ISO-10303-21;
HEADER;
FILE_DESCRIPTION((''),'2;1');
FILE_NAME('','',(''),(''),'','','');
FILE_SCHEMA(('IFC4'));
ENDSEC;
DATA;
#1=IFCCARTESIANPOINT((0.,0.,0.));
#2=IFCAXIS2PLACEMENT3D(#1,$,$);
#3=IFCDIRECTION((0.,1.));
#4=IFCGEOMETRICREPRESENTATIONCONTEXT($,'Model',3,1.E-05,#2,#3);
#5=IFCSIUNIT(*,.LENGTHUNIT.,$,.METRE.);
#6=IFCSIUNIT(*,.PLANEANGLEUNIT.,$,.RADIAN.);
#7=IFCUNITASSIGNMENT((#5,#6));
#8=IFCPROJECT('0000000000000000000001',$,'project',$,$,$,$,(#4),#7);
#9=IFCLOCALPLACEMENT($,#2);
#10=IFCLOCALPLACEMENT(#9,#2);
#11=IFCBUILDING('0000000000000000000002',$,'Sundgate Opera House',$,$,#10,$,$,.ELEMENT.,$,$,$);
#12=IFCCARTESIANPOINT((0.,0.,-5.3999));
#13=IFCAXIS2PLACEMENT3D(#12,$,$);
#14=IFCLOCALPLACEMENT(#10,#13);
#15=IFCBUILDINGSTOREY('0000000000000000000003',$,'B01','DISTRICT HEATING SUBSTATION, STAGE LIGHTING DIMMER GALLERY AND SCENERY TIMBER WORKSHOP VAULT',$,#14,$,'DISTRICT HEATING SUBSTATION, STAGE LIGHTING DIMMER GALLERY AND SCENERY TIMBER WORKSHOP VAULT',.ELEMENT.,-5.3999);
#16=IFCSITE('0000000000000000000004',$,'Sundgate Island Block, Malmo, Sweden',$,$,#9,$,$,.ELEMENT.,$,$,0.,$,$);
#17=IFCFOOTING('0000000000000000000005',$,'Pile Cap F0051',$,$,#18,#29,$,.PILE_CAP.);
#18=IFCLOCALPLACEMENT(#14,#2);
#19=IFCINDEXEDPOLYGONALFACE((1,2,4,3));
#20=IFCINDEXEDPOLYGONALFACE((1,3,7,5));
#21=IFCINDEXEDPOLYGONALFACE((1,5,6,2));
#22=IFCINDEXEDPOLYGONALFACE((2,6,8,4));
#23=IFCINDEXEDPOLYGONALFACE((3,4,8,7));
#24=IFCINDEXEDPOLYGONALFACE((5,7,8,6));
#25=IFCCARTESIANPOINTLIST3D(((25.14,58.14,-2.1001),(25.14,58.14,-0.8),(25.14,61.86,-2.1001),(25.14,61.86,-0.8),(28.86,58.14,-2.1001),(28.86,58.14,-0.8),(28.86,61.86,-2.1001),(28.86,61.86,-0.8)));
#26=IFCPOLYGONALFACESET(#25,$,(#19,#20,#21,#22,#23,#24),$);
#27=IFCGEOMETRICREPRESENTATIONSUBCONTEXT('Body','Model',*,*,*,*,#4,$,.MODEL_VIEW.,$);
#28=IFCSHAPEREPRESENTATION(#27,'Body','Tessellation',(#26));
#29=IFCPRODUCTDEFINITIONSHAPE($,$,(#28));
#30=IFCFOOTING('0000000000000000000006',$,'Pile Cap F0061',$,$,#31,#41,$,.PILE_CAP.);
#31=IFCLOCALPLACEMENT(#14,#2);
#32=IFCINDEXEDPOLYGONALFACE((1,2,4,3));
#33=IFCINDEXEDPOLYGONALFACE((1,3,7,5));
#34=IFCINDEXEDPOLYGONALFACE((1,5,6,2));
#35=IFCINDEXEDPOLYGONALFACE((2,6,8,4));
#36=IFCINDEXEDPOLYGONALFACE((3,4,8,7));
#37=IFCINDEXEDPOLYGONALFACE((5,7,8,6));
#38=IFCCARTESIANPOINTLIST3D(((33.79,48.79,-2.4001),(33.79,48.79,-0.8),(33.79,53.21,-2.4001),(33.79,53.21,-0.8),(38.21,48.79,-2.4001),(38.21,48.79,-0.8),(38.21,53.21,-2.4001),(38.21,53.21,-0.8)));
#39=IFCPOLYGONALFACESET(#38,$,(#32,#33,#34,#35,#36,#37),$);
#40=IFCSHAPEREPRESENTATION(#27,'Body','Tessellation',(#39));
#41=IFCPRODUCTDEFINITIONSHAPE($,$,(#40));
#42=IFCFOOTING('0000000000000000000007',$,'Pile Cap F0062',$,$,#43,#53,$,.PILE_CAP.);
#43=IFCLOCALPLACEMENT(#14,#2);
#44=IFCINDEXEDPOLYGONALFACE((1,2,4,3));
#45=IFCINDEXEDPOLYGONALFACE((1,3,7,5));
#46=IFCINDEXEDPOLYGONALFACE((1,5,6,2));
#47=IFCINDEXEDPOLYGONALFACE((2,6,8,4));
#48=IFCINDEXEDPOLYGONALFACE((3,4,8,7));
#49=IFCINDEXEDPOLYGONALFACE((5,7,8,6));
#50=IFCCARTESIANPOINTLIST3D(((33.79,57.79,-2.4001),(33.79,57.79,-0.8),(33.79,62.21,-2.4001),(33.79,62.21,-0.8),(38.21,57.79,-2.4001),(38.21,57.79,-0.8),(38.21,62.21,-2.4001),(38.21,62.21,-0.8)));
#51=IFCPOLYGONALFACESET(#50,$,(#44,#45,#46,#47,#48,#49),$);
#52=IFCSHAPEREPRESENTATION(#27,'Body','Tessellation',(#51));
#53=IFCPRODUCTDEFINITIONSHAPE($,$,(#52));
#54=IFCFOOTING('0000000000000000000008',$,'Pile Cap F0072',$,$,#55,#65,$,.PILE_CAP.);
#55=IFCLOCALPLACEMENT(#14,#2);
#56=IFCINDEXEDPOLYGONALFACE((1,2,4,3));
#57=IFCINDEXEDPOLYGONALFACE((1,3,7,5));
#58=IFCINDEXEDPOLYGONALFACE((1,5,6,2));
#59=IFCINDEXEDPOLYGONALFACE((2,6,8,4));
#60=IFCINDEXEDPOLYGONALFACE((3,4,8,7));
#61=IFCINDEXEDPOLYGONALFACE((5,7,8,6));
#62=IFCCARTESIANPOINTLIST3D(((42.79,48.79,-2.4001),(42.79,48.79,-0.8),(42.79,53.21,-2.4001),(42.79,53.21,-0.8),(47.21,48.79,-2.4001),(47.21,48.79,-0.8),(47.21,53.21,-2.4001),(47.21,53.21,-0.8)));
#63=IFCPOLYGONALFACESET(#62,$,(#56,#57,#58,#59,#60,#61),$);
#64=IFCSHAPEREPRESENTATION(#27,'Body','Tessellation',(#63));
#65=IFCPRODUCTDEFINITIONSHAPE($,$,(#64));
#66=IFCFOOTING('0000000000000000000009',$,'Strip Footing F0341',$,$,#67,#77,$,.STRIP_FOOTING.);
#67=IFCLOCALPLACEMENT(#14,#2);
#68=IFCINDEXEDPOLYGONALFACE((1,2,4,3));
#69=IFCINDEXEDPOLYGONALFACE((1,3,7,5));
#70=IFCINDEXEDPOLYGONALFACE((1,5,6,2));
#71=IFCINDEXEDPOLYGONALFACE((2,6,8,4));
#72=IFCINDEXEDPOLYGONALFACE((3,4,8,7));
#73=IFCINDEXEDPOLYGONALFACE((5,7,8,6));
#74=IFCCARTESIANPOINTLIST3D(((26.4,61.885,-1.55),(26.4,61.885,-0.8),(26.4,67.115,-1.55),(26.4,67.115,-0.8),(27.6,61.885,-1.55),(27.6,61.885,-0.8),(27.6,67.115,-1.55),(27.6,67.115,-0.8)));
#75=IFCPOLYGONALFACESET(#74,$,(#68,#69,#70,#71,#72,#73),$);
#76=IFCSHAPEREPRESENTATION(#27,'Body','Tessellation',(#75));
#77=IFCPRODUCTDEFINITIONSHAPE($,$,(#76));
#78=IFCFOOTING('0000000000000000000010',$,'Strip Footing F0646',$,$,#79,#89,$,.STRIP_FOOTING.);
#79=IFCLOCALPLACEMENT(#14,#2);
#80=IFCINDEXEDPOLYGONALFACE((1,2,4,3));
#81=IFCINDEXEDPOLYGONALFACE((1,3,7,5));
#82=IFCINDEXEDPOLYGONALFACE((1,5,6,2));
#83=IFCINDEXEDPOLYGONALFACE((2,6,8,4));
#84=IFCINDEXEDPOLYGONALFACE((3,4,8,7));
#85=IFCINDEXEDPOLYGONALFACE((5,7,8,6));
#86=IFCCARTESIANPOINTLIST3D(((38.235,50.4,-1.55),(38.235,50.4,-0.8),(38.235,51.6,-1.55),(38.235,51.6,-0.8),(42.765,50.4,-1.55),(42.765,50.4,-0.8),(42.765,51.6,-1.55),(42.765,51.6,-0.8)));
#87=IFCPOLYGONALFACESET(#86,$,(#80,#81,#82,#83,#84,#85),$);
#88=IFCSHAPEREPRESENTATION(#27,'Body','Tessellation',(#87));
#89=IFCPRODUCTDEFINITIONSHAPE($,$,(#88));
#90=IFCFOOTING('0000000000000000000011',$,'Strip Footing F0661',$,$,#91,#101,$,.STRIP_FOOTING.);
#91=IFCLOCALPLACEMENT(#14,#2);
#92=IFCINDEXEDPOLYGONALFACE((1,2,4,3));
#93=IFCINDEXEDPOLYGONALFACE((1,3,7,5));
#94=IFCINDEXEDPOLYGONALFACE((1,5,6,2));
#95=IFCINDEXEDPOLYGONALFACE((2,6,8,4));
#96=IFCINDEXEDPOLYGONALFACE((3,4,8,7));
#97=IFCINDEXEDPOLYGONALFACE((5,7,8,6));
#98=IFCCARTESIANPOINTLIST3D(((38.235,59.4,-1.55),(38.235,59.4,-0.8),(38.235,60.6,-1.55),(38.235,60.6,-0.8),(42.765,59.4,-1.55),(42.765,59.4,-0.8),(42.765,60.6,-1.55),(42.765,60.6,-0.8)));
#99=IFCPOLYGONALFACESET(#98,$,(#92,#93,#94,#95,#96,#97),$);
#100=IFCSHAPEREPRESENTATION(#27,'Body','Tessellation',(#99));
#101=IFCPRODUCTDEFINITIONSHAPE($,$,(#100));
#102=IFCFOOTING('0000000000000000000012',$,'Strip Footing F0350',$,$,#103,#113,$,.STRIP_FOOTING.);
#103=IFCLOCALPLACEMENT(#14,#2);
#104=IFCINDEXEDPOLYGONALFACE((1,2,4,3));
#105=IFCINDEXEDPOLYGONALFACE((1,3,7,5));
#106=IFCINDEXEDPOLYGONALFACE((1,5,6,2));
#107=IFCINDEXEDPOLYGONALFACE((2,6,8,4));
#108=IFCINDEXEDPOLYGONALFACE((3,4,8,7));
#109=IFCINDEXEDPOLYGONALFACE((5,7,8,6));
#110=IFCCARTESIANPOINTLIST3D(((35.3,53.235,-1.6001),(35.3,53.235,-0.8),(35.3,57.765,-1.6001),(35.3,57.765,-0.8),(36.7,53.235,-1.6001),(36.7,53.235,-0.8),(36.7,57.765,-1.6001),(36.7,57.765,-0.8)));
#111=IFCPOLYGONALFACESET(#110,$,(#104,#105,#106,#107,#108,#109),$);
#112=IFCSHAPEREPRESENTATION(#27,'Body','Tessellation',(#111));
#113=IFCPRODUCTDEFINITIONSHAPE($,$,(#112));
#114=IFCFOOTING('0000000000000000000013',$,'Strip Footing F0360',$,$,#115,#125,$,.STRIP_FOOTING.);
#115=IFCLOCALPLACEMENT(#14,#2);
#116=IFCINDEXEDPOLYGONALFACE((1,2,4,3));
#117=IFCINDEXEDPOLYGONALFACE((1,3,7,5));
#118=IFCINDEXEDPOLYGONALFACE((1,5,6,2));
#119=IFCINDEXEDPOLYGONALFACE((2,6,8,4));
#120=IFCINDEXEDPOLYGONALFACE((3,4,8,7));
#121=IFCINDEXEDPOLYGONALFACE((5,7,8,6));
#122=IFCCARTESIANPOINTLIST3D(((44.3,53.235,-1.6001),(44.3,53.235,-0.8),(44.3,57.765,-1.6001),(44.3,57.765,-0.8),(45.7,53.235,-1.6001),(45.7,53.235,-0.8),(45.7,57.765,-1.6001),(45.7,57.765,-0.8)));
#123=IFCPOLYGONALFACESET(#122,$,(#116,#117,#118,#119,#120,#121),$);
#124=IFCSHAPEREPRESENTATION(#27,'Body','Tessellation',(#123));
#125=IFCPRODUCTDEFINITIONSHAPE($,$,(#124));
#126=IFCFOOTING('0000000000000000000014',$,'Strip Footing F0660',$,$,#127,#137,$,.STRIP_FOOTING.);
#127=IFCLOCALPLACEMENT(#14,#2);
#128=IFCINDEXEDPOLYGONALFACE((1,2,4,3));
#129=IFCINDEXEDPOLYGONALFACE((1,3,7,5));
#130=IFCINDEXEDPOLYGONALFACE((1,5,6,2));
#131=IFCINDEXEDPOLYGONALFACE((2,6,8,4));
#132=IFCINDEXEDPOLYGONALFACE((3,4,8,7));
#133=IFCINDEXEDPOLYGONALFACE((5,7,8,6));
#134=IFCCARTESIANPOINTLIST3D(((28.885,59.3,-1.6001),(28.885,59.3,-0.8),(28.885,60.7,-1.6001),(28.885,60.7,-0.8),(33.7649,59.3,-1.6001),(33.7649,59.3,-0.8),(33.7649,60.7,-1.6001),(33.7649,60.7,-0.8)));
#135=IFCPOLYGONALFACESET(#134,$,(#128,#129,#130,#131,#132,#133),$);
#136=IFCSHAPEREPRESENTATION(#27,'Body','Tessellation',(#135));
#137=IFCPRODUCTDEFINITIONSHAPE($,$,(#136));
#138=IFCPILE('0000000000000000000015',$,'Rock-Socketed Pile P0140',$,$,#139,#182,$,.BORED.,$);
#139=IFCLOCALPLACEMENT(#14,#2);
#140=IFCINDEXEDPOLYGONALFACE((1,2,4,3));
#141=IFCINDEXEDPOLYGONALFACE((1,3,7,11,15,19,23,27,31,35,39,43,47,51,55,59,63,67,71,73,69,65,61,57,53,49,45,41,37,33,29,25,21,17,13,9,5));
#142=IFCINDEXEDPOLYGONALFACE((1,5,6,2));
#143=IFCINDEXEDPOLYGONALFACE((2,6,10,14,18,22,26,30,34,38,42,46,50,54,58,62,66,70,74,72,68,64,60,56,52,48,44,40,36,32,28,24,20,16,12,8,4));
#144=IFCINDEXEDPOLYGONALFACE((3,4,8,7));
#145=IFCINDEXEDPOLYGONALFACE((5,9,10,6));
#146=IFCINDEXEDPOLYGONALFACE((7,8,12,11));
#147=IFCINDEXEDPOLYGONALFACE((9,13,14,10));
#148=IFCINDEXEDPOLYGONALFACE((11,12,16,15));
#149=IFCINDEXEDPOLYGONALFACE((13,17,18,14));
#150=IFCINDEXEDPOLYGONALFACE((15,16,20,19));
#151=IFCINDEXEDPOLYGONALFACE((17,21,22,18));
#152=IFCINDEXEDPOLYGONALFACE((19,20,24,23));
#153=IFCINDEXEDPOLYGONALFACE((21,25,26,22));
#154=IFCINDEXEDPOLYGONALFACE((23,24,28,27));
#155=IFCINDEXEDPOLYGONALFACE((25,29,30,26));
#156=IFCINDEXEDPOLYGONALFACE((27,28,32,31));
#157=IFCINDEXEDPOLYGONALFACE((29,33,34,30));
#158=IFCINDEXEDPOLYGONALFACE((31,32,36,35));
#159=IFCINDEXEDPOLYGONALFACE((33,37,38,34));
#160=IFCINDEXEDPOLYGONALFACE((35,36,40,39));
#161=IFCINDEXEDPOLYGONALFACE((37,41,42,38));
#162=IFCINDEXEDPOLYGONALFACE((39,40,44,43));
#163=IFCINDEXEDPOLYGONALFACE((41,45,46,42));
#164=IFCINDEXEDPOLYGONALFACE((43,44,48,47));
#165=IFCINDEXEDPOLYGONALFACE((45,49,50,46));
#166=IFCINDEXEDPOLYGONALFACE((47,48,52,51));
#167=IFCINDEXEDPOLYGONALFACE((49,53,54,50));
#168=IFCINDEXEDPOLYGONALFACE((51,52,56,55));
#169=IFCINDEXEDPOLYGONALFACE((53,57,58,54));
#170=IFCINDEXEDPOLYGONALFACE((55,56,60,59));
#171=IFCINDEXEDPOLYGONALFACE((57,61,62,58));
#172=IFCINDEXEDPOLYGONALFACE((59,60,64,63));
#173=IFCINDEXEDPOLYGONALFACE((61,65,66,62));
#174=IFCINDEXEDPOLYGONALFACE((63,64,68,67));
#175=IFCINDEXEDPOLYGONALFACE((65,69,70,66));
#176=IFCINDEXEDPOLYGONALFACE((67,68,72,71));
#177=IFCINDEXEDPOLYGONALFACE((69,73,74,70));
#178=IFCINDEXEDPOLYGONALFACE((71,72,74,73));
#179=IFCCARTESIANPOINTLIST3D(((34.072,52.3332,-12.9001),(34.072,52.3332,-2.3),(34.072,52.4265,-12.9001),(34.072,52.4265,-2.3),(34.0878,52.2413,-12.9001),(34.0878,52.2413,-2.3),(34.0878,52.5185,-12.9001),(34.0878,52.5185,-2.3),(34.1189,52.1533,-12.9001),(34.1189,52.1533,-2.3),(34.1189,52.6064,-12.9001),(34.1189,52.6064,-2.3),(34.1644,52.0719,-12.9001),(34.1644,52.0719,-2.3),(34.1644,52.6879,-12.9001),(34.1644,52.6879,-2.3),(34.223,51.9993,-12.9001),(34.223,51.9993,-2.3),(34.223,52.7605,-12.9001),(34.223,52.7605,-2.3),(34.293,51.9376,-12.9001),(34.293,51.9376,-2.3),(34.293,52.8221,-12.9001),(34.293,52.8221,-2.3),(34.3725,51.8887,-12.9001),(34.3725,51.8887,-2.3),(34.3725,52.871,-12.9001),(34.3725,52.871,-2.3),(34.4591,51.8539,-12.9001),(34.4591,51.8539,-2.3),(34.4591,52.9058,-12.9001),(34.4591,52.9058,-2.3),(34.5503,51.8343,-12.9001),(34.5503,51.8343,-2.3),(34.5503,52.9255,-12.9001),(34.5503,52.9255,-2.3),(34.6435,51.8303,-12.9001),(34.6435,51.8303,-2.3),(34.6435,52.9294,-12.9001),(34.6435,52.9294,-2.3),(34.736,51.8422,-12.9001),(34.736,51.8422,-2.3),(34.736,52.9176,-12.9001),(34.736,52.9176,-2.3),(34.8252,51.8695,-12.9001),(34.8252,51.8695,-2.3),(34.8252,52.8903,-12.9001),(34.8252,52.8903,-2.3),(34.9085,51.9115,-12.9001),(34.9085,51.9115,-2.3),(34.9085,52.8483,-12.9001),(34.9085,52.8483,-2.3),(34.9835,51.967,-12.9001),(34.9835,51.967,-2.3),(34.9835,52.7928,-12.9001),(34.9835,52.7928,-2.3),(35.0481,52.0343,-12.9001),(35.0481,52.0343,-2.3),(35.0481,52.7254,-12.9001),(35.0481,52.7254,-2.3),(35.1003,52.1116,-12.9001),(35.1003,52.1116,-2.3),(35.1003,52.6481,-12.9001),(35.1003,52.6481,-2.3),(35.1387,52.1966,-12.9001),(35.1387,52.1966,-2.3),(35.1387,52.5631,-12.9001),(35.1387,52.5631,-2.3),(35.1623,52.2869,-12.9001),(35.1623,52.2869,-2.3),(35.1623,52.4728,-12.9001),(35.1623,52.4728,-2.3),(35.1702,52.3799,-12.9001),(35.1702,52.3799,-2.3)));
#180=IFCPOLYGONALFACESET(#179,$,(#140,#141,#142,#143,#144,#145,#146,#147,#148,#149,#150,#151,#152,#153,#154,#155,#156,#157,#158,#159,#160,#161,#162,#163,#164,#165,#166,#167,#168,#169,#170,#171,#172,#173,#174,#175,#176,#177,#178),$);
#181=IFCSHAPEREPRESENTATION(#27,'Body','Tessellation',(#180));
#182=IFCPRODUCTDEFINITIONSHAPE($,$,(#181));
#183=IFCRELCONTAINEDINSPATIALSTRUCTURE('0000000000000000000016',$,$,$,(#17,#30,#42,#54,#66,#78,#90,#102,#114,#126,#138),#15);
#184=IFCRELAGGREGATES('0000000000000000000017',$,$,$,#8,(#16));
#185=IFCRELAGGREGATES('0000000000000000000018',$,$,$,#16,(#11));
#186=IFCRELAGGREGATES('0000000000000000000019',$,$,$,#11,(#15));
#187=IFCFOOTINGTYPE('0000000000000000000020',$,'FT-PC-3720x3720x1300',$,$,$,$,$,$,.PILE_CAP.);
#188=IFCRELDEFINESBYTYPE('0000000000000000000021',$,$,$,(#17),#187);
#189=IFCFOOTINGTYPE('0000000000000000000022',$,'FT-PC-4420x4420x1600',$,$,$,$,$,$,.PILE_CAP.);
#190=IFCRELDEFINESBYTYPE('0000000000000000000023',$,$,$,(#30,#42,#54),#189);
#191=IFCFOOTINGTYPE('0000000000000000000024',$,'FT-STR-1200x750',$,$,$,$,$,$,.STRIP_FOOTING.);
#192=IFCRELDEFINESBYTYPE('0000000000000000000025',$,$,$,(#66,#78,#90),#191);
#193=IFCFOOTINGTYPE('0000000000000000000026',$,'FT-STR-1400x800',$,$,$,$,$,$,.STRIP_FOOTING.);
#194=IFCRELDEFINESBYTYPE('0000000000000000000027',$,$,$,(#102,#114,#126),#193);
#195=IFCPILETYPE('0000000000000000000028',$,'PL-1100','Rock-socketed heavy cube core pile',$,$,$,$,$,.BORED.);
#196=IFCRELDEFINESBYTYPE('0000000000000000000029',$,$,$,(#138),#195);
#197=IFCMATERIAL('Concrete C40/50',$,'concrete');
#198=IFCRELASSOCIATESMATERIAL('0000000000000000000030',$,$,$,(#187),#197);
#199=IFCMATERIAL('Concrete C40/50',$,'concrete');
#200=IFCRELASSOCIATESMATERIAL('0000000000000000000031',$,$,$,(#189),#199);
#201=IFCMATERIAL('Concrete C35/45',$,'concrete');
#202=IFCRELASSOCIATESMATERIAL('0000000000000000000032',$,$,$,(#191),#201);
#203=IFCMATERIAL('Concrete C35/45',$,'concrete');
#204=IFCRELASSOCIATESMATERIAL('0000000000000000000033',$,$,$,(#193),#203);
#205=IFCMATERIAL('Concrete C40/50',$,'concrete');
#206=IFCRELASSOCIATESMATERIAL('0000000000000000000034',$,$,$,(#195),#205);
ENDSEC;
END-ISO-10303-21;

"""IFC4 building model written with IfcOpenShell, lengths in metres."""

from ifc_helpers import new_model, si_unit, direction, frame, origin, origin_2d, place, context, subcontext, project, spatial, rectangle, circle, extrude, material, material_profile, profile_set, type_object, element, save


model = new_model("IFC4")

# Units and contexts
model_context = context("Model", 3, precision=1e-05, world=origin(), true_north=direction((0.0, 1.0)))
body_context = subcontext(model_context, "Body", "Model", "MODEL_VIEW")
ifc_project = project(units=[si_unit("LENGTHUNIT", "METRE"), si_unit("PLANEANGLEUNIT", "RADIAN")], contexts=[model_context])

# Site, building, storey
site_placement = place(None, origin())
site = spatial("IfcSite", under=ifc_project, at=site_placement, Name="Sundgate Island Block, Malmo, Sweden", CompositionType="ELEMENT", RefElevation=0.0)
building_placement = place(site_placement, origin())
building = spatial("IfcBuilding", under=site, at=building_placement, Name="Sundgate Opera House", CompositionType="ELEMENT")
storey_placement = place(building_placement, frame((0.0, 0.0, -5.3999)))
storey = spatial("IfcBuildingStorey", under=building, at=storey_placement, Name="B01", Description="DISTRICT HEATING SUBSTATION, STAGE LIGHTING DIMMER GALLERY AND SCENERY TIMBER WORKSHOP VAULT", LongName="DISTRICT HEATING SUBSTATION, STAGE LIGHTING DIMMER GALLERY AND SCENERY TIMBER WORKSHOP VAULT", CompositionType="ELEMENT", Elevation=-5.3999)

# Footings
ifc_material_1 = material(Name="Concrete C40/50", Category="concrete")
footing_type_1 = type_object("IfcFootingType", Name="FT-PC-3720x3720x1300", PredefinedType="PILE_CAP", material=ifc_material_1)
footing_1_placement = place(storey_placement, frame((27.0, 60.0, -2.1001), z_axis=(0.0, 0.0, 1.0), x_axis=(1.0, 0.0, 0.0)))
element("IfcFooting", 1, at=footing_1_placement, inside=storey, type_object=footing_type_1, Name="Pile Cap F0051", PredefinedType="PILE_CAP", context=body_context, shape_type="SweptSolid", body=[
    extrude(rectangle(XDim=3.72, YDim=3.72, at=origin_2d()), origin(), (0.0, 0.0, 1.0), 1.3),
])
ifc_material_2 = material(Name="Concrete C40/50", Category="concrete")
footing_type_2 = type_object("IfcFootingType", Name="FT-PC-4420x4420x1600", PredefinedType="PILE_CAP", material=ifc_material_2)
for number, where, z_axis, x_axis, name in (
    (2, (36.0, 51.0, -2.4001), (0.0, 0.0, 1.0), (1.0, 0.0, 0.0), "Pile Cap F0061"),
    (3, (36.0, 60.0, -2.4001), (0.0, 0.0, 1.0), (1.0, 0.0, 0.0), "Pile Cap F0062"),
    (4, (45.0, 51.0, -2.4001), (0.0, 0.0, 1.0), (1.0, 0.0, 0.0), "Pile Cap F0072"),
):
    element("IfcFooting", number, at=place(storey_placement, frame(where, z_axis=z_axis, x_axis=x_axis)), inside=storey, type_object=footing_type_2, Name=name, PredefinedType="PILE_CAP", context=body_context, shape_type="SweptSolid", body=[
        extrude(rectangle(XDim=4.4199, YDim=4.4199, at=origin_2d()), origin(), (0.0, 0.0, 1.0), 1.6001),
    ])
ifc_material_3 = material(Name="Concrete C35/45", Category="concrete")
footing_type_3 = type_object("IfcFootingType", Name="FT-STR-1200x750", PredefinedType="STRIP_FOOTING", material=ifc_material_3)
footing_2_placement = place(storey_placement, frame((27.0, 64.5, -1.55), z_axis=(0.0, 0.0, 1.0), x_axis=(1.0, 0.0, 0.0)))
element("IfcFooting", 5, at=footing_2_placement, inside=storey, type_object=footing_type_3, Name="Strip Footing F0341", PredefinedType="STRIP_FOOTING", context=body_context, shape_type="SweptSolid", body=[
    extrude(rectangle(XDim=1.2, YDim=5.23, at=origin_2d()), origin(), (0.0, 0.0, 1.0), 0.75),
])
for number, where, z_axis, x_axis, name in (
    (6, (40.5, 51.0, -1.55), (0.0, 0.0, 1.0), (1.0, 0.0, 0.0), "Strip Footing F0646"),
    (7, (40.5, 60.0, -1.55), (0.0, 0.0, 1.0), (1.0, 0.0, 0.0), "Strip Footing F0661"),
):
    element("IfcFooting", number, at=place(storey_placement, frame(where, z_axis=z_axis, x_axis=x_axis)), inside=storey, type_object=footing_type_3, Name=name, PredefinedType="STRIP_FOOTING", context=body_context, shape_type="SweptSolid", body=[
        extrude(rectangle(XDim=4.53, YDim=1.2, at=origin_2d()), origin(), (0.0, 0.0, 1.0), 0.75),
    ])
ifc_material_4 = material(Name="Concrete C35/45", Category="concrete")
footing_type_4 = type_object("IfcFootingType", Name="FT-STR-1400x800", PredefinedType="STRIP_FOOTING", material=ifc_material_4)
for number, where, z_axis, x_axis, name in (
    (8, (36.0, 55.5, -1.6001), (0.0, 0.0, 1.0), (1.0, 0.0, 0.0), "Strip Footing F0350"),
    (9, (45.0, 55.5, -1.6001), (0.0, 0.0, 1.0), (1.0, 0.0, 0.0), "Strip Footing F0360"),
):
    element("IfcFooting", number, at=place(storey_placement, frame(where, z_axis=z_axis, x_axis=x_axis)), inside=storey, type_object=footing_type_4, Name=name, PredefinedType="STRIP_FOOTING", context=body_context, shape_type="SweptSolid", body=[
        extrude(rectangle(XDim=1.3999, YDim=4.53, at=origin_2d()), origin(), (0.0, 0.0, 1.0), 0.8),
    ])
footing_3_placement = place(storey_placement, frame((31.325, 60.0, -1.6001), z_axis=(0.0, 0.0, 1.0), x_axis=(1.0, 0.0, 0.0)))
element("IfcFooting", 10, at=footing_3_placement, inside=storey, type_object=footing_type_4, Name="Strip Footing F0660", PredefinedType="STRIP_FOOTING", context=body_context, shape_type="SweptSolid", body=[
    extrude(rectangle(XDim=4.8799, YDim=1.3999, at=origin_2d()), origin(), (0.0, 0.0, 1.0), 0.8),
])

# Pile
ifc_material_5 = material(Name="Concrete C40/50", Category="concrete")
ifc_material_profile_1 = material_profile(ifc_material_5, circle(Radius=0.55, at=origin_2d()), Name="PILE D1100")
ifc_profile_set_1 = profile_set([ifc_material_profile_1], Name="Concrete C40/50")
pile_type_1 = type_object("IfcPileType", Name="PL-1100", Description="Rock-socketed heavy cube core pile", PredefinedType="BORED", material=ifc_profile_set_1)
for number, where, z_axis, x_axis, name in (
    (11, (34.6201, 52.3799, -2.3), (0.0, 0.0, -1.0), (1.0, 0.0, 0.0), "Rock-Socketed Pile P0140"),
):
    element("IfcPile", number, at=place(storey_placement, frame(where, z_axis=z_axis, x_axis=x_axis)), inside=storey, type_object=pile_type_1, Name=name, PredefinedType="BORED", context=body_context, shape_type="SweptSolid", body=[
        extrude(circle(Radius=0.55, at=origin_2d()), origin(), (0.0, 0.0, 1.0), 10.6001),
    ])

save(model, "model.ifc")
